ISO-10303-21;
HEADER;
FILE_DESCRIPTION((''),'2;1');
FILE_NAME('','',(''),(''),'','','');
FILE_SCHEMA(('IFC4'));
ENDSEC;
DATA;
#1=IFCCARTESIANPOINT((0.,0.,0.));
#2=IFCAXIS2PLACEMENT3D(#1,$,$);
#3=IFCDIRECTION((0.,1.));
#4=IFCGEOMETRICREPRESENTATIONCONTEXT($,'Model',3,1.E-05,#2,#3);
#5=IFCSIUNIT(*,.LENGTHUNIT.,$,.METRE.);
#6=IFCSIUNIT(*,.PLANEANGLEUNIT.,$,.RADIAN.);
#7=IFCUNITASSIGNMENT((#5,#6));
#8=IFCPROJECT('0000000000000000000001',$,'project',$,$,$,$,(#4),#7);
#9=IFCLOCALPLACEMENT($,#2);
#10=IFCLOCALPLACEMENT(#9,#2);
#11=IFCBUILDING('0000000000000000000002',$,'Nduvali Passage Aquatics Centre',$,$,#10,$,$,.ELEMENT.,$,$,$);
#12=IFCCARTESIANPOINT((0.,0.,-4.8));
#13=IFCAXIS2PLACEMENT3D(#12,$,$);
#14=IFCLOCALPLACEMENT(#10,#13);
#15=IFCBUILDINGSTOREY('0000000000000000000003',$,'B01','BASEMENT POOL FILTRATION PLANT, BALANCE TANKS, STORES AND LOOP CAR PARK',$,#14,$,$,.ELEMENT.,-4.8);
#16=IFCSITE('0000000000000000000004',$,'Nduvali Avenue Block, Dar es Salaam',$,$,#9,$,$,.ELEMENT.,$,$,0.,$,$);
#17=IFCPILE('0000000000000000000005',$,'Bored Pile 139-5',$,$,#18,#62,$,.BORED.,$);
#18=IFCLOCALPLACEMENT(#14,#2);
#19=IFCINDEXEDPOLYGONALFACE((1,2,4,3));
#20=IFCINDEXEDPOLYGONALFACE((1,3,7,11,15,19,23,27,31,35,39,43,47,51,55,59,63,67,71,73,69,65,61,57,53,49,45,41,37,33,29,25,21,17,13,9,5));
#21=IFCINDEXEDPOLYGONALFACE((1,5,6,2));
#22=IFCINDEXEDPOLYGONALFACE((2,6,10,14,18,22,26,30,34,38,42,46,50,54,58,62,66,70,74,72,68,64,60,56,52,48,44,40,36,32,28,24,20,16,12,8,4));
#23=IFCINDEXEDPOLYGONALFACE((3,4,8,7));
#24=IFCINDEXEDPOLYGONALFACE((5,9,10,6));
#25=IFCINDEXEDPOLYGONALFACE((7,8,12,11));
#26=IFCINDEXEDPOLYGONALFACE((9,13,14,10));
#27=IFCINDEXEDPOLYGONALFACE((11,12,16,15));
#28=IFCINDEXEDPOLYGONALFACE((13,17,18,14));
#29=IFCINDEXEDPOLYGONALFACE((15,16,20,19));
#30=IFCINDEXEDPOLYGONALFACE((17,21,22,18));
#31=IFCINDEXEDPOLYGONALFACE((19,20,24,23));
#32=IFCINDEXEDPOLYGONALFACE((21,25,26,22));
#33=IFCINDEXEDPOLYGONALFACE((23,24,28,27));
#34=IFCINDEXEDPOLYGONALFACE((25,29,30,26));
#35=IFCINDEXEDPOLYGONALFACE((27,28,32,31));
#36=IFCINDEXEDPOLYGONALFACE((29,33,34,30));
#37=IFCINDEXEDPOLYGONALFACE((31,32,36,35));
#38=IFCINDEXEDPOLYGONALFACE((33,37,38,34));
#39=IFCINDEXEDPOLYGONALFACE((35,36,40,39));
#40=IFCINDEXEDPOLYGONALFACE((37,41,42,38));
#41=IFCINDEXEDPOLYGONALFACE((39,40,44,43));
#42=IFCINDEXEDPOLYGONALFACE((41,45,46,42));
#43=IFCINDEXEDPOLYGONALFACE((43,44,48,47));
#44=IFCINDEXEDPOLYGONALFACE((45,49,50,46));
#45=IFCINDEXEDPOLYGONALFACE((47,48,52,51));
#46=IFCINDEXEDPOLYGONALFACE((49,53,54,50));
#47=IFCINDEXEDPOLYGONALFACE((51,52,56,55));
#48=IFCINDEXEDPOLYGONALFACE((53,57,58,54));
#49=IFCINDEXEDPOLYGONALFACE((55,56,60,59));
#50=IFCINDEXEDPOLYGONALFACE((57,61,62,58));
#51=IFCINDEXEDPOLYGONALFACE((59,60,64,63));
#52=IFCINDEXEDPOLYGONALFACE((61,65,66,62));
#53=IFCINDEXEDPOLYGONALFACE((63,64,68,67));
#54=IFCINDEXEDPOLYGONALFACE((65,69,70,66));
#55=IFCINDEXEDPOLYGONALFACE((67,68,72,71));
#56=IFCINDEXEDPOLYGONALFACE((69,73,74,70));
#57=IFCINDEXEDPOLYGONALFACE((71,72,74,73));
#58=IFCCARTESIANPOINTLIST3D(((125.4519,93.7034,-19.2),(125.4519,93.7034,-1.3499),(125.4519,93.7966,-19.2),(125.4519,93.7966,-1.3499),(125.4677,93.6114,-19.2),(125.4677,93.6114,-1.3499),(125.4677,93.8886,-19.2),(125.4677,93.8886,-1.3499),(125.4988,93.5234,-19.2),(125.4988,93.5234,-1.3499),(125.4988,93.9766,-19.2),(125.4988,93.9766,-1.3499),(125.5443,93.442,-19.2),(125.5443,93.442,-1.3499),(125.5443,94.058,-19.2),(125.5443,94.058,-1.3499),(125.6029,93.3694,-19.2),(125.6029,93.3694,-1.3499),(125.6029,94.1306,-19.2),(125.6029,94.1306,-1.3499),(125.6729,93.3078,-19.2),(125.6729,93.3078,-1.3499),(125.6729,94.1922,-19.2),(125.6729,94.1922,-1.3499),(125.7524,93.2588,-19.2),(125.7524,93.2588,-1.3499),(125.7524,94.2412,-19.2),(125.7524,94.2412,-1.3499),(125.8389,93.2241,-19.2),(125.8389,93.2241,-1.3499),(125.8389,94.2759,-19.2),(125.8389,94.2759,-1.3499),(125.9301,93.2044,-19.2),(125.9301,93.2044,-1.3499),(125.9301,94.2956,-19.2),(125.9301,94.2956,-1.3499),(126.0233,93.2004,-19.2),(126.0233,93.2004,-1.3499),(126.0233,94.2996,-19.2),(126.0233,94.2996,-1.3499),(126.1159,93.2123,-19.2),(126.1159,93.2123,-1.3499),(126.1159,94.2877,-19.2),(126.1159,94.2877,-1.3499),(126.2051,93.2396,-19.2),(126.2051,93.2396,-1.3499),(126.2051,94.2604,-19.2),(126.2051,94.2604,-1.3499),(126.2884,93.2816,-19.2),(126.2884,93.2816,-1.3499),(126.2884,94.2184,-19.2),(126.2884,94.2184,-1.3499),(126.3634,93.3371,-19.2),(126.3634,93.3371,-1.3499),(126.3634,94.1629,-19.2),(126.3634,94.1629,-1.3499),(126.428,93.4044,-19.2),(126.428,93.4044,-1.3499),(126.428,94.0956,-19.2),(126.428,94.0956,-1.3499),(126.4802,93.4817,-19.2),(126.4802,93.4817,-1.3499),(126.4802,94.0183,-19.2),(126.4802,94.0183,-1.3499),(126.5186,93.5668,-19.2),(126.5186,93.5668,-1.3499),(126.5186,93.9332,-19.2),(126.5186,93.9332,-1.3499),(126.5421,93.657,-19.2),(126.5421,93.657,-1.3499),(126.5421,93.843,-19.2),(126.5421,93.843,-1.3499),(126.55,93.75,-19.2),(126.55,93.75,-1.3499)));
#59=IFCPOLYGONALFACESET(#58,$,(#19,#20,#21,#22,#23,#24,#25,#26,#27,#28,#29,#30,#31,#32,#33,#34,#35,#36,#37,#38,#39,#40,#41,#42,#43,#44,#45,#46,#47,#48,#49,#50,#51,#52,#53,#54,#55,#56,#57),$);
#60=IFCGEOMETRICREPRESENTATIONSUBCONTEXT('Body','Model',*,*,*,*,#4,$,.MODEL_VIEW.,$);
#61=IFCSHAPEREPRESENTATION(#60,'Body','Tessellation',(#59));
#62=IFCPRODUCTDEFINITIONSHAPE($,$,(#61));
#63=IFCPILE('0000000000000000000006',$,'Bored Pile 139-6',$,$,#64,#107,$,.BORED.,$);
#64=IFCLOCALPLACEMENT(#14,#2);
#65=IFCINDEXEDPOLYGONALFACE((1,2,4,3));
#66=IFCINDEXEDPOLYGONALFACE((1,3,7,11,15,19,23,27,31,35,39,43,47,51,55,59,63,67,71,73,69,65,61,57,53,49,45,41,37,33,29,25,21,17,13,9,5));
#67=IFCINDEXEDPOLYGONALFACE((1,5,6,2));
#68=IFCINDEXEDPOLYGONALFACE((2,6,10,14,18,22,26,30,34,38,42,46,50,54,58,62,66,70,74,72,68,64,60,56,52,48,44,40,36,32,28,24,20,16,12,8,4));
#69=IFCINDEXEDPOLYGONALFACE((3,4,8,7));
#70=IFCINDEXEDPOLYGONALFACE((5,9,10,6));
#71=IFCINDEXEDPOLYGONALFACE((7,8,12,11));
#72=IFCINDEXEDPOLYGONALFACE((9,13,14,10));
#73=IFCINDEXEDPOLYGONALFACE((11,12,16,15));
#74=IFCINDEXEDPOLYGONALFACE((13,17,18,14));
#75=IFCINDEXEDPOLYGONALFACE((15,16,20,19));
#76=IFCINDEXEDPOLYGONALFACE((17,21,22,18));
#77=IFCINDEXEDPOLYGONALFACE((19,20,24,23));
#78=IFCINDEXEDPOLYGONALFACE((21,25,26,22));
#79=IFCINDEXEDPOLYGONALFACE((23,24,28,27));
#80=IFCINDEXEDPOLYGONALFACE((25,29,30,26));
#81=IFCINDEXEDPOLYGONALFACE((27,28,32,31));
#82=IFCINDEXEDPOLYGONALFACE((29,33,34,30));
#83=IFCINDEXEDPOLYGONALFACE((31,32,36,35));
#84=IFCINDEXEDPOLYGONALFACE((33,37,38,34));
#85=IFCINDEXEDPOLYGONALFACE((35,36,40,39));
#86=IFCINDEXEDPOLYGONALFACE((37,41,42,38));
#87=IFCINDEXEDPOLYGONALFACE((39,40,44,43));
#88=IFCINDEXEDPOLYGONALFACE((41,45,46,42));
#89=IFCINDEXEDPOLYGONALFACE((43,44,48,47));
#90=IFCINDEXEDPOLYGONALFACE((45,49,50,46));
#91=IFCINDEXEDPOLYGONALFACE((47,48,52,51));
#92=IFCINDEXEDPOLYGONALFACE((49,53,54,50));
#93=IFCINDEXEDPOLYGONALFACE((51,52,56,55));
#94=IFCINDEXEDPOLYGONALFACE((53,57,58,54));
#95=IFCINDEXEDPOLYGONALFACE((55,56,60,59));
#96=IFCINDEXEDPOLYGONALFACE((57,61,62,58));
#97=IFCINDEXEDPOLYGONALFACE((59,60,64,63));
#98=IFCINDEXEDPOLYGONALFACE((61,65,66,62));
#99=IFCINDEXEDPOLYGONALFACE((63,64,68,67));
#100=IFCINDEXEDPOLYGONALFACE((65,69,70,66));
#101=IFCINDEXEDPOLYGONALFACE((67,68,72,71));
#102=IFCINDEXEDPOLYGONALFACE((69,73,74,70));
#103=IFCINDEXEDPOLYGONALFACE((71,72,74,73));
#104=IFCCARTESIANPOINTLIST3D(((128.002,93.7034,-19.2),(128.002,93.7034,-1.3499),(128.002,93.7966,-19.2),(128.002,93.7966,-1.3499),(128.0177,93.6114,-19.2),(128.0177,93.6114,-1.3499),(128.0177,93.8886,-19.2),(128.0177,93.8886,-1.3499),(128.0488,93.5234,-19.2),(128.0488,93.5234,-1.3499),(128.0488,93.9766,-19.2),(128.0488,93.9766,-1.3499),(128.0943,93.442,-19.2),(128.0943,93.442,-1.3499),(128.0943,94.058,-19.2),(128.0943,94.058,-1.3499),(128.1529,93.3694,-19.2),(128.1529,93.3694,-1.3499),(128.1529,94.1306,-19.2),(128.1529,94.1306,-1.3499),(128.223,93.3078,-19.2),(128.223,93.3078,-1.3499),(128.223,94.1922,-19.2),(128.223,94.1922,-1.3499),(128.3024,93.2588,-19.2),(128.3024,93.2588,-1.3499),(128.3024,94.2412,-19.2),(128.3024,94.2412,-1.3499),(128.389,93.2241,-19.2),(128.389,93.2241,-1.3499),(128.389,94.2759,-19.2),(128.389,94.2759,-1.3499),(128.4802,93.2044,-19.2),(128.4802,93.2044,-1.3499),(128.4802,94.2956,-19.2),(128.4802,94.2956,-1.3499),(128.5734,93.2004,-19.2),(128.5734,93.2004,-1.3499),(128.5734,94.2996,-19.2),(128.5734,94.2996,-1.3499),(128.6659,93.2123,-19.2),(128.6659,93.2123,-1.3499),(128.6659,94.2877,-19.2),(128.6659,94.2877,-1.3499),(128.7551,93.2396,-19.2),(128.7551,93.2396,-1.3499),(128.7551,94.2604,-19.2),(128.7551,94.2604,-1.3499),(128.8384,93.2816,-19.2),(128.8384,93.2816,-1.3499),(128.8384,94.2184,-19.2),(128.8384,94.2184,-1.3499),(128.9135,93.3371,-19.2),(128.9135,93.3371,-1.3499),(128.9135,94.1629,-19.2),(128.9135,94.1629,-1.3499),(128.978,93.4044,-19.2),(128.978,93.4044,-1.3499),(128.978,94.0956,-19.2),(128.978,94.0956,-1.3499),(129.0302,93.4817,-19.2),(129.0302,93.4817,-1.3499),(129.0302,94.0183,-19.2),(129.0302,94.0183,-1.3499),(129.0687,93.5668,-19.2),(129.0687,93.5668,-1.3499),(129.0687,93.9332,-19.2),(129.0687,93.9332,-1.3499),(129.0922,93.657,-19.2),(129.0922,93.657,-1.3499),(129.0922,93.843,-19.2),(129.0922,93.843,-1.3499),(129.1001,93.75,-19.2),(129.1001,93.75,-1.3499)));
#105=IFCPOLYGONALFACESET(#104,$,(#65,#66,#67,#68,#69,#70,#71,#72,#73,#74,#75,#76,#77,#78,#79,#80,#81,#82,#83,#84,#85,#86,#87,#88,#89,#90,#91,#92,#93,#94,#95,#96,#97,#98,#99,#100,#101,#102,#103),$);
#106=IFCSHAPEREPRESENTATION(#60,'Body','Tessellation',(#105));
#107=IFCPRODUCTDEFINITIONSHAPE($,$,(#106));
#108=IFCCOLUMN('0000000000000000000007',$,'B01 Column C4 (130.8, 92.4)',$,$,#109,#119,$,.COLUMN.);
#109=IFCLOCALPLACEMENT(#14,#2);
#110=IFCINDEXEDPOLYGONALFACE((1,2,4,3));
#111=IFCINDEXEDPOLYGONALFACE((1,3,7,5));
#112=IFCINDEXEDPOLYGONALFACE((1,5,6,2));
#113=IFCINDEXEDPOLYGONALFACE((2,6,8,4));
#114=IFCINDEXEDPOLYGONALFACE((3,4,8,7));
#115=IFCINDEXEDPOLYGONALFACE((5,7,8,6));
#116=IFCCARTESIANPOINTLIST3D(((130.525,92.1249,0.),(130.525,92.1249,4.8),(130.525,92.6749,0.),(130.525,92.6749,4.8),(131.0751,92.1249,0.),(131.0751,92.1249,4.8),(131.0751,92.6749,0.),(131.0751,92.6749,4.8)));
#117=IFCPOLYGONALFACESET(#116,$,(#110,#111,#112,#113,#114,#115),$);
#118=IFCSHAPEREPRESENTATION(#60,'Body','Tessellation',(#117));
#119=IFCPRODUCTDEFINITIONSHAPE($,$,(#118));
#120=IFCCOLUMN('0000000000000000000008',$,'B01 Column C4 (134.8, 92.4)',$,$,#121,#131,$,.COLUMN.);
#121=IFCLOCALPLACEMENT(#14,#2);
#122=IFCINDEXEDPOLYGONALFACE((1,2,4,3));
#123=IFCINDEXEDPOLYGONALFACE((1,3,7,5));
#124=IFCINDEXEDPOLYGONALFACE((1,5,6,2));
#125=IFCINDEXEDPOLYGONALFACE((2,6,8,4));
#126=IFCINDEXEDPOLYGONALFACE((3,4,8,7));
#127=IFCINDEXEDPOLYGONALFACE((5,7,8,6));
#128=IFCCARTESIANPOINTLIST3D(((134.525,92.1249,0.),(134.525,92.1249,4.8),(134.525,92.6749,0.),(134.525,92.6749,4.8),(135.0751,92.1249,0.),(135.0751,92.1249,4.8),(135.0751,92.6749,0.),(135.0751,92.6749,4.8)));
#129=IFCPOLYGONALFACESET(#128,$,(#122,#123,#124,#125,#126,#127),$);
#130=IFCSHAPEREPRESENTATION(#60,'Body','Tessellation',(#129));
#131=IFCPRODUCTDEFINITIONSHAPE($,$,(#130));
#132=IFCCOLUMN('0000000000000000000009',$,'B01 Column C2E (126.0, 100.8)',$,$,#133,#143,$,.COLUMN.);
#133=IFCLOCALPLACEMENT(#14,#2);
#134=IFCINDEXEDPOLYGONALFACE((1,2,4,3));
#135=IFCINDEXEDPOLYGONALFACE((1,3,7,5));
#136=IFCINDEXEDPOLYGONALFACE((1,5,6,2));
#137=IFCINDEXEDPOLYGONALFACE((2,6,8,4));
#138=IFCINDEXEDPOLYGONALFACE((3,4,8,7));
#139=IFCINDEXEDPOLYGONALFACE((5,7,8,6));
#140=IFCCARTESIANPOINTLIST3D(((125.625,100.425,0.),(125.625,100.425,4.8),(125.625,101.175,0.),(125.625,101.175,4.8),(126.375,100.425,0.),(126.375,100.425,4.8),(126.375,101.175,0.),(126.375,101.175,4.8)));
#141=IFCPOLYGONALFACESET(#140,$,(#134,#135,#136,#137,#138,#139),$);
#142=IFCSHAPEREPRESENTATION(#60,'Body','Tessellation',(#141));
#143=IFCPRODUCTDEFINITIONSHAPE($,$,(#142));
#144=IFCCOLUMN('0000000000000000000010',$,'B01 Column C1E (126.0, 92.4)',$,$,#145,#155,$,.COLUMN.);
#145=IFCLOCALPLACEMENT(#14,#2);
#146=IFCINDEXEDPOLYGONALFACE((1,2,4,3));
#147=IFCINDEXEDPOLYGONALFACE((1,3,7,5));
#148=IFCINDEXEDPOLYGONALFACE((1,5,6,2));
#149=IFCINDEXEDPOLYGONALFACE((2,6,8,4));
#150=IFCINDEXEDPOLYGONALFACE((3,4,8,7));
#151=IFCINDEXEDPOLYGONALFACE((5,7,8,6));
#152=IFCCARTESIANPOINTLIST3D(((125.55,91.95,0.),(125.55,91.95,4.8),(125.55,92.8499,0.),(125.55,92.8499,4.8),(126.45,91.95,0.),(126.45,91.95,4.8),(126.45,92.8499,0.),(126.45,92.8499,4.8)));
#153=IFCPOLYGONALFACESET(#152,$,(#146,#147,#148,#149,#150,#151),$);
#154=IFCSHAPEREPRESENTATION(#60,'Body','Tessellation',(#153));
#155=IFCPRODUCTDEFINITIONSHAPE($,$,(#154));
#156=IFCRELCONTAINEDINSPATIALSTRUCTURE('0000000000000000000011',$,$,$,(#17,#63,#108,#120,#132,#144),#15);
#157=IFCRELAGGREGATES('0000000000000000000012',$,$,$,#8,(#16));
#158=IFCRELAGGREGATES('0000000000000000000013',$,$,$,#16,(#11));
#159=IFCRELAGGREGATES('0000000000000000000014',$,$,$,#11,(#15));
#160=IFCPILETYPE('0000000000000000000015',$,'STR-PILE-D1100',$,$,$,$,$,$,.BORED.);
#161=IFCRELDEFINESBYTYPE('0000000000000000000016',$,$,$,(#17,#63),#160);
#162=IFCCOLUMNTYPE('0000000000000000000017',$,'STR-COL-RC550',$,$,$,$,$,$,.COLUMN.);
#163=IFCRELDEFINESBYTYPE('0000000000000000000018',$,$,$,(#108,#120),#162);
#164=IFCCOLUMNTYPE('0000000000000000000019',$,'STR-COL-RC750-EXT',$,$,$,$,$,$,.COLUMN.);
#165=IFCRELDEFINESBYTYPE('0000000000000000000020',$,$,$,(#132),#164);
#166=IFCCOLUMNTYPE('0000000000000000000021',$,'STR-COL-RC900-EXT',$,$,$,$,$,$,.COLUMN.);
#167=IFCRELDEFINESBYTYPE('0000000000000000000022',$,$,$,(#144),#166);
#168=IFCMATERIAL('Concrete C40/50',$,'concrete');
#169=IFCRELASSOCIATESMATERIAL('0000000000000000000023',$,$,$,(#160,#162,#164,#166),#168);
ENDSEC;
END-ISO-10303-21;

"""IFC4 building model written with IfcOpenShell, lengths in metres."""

from ifc_helpers import new_model, si_unit, direction, frame, origin, origin_2d, place, context, subcontext, project, spatial, rectangle, circle, extrude, material, material_profile, profile_set, type_object, element, save


model = new_model("IFC4")

# Units and contexts
model_context = context("Model", 3, precision=1e-05, world=origin(), true_north=direction((0.0, 1.0)))
body_context = subcontext(model_context, "Body", "Model", "MODEL_VIEW")
ifc_project = project(units=[si_unit("LENGTHUNIT", "METRE"), si_unit("PLANEANGLEUNIT", "RADIAN")], contexts=[model_context])

# Site, building, storey
site_placement = place(None, origin())
site = spatial("IfcSite", under=ifc_project, at=site_placement, Name="Nduvali Avenue Block, Dar es Salaam", CompositionType="ELEMENT", RefElevation=0.0)
building_placement = place(site_placement, origin())
building = spatial("IfcBuilding", under=site, at=building_placement, Name="Nduvali Passage Aquatics Centre", CompositionType="ELEMENT")
storey_placement = place(building_placement, frame((0.0, 0.0, -4.8)))
storey = spatial("IfcBuildingStorey", under=building, at=storey_placement, Name="B01", Description="BASEMENT POOL FILTRATION PLANT, BALANCE TANKS, STORES AND LOOP CAR PARK", CompositionType="ELEMENT", Elevation=-4.8)

# Shared definitions
ifc_material = material(Name="Concrete C40/50", Category="concrete")

# Piles
ifc_material_profile_1 = material_profile(ifc_material, circle(Radius=0.55, at=origin_2d()), Name="PILE D1100")
ifc_profile_set_1 = profile_set([ifc_material_profile_1], Name="Concrete C40/50")
pile_type_1 = type_object("IfcPileType", Name="STR-PILE-D1100", PredefinedType="BORED", material=ifc_profile_set_1)
for number, where, z_axis, x_axis, name in (
    (1, (126.0, 93.75, -1.3499), (0.0, 0.0, -1.0), (1.0, 0.0, 0.0), "Bored Pile 139-5"),
    (2, (128.55, 93.75, -1.3499), (0.0, 0.0, -1.0), (1.0, 0.0, 0.0), "Bored Pile 139-6"),
):
    element("IfcPile", number, at=place(storey_placement, frame(where, z_axis=z_axis, x_axis=x_axis)), inside=storey, type_object=pile_type_1, Name=name, PredefinedType="BORED", context=body_context, shape_type="SweptSolid", body=[
        extrude(circle(Radius=0.55, at=origin_2d()), origin(), (0.0, 0.0, 1.0), 17.8501),
    ])

# Columns
ifc_material_profile_2 = material_profile(ifc_material, rectangle(XDim=0.55, YDim=0.55, at=origin_2d()), Name="RC 550x550")
ifc_profile_set_2 = profile_set([ifc_material_profile_2], Name="Concrete C40/50")
column_type_1 = type_object("IfcColumnType", Name="STR-COL-RC550", PredefinedType="COLUMN", material=ifc_profile_set_2)
for number, where, z_axis, x_axis, name in (
    (3, (130.8, 92.3999, 0.0), (0.0, 0.0, 1.0), (1.0, 0.0, 0.0), "B01 Column C4 (130.8, 92.4)"),
    (4, (134.8, 92.3999, 0.0), (0.0, 0.0, 1.0), (1.0, 0.0, 0.0), "B01 Column C4 (134.8, 92.4)"),
):
    element("IfcColumn", number, at=place(storey_placement, frame(where, z_axis=z_axis, x_axis=x_axis)), inside=storey, type_object=column_type_1, Name=name, PredefinedType="COLUMN", context=body_context, shape_type="SweptSolid", body=[
        extrude(rectangle(XDim=0.55, YDim=0.55, at=origin_2d()), origin(), (0.0, 0.0, 1.0), 4.8),
    ])
ifc_material_profile_3 = material_profile(ifc_material, rectangle(XDim=0.75, YDim=0.75, at=origin_2d()), Name="RC 750x750")
ifc_profile_set_3 = profile_set([ifc_material_profile_3], Name="Concrete C40/50")
column_type_2 = type_object("IfcColumnType", Name="STR-COL-RC750-EXT", PredefinedType="COLUMN", material=ifc_profile_set_3)
column_1_placement = place(storey_placement, frame((126.0, 100.8, 0.0), z_axis=(0.0, 0.0, 1.0), x_axis=(1.0, 0.0, 0.0)))
element("IfcColumn", 5, at=column_1_placement, inside=storey, type_object=column_type_2, Name="B01 Column C2E (126.0, 100.8)", PredefinedType="COLUMN", context=body_context, shape_type="SweptSolid", body=[
    extrude(rectangle(XDim=0.75, YDim=0.75, at=origin_2d()), origin(), (0.0, 0.0, 1.0), 4.8),
])
ifc_material_profile_4 = material_profile(ifc_material, rectangle(XDim=0.8999, YDim=0.8999, at=origin_2d()), Name="RC 900x900")
ifc_profile_set_4 = profile_set([ifc_material_profile_4], Name="Concrete C40/50")
column_type_3 = type_object("IfcColumnType", Name="STR-COL-RC900-EXT", PredefinedType="COLUMN", material=ifc_profile_set_4)
column_2_placement = place(storey_placement, frame((126.0, 92.3999, 0.0), z_axis=(0.0, 0.0, 1.0), x_axis=(1.0, 0.0, 0.0)))
element("IfcColumn", 6, at=column_2_placement, inside=storey, type_object=column_type_3, Name="B01 Column C1E (126.0, 92.4)", PredefinedType="COLUMN", context=body_context, shape_type="SweptSolid", body=[
    extrude(rectangle(XDim=0.8999, YDim=0.8999, at=origin_2d()), origin(), (0.0, 0.0, 1.0), 4.8),
])

save(model, "model.ifc")
